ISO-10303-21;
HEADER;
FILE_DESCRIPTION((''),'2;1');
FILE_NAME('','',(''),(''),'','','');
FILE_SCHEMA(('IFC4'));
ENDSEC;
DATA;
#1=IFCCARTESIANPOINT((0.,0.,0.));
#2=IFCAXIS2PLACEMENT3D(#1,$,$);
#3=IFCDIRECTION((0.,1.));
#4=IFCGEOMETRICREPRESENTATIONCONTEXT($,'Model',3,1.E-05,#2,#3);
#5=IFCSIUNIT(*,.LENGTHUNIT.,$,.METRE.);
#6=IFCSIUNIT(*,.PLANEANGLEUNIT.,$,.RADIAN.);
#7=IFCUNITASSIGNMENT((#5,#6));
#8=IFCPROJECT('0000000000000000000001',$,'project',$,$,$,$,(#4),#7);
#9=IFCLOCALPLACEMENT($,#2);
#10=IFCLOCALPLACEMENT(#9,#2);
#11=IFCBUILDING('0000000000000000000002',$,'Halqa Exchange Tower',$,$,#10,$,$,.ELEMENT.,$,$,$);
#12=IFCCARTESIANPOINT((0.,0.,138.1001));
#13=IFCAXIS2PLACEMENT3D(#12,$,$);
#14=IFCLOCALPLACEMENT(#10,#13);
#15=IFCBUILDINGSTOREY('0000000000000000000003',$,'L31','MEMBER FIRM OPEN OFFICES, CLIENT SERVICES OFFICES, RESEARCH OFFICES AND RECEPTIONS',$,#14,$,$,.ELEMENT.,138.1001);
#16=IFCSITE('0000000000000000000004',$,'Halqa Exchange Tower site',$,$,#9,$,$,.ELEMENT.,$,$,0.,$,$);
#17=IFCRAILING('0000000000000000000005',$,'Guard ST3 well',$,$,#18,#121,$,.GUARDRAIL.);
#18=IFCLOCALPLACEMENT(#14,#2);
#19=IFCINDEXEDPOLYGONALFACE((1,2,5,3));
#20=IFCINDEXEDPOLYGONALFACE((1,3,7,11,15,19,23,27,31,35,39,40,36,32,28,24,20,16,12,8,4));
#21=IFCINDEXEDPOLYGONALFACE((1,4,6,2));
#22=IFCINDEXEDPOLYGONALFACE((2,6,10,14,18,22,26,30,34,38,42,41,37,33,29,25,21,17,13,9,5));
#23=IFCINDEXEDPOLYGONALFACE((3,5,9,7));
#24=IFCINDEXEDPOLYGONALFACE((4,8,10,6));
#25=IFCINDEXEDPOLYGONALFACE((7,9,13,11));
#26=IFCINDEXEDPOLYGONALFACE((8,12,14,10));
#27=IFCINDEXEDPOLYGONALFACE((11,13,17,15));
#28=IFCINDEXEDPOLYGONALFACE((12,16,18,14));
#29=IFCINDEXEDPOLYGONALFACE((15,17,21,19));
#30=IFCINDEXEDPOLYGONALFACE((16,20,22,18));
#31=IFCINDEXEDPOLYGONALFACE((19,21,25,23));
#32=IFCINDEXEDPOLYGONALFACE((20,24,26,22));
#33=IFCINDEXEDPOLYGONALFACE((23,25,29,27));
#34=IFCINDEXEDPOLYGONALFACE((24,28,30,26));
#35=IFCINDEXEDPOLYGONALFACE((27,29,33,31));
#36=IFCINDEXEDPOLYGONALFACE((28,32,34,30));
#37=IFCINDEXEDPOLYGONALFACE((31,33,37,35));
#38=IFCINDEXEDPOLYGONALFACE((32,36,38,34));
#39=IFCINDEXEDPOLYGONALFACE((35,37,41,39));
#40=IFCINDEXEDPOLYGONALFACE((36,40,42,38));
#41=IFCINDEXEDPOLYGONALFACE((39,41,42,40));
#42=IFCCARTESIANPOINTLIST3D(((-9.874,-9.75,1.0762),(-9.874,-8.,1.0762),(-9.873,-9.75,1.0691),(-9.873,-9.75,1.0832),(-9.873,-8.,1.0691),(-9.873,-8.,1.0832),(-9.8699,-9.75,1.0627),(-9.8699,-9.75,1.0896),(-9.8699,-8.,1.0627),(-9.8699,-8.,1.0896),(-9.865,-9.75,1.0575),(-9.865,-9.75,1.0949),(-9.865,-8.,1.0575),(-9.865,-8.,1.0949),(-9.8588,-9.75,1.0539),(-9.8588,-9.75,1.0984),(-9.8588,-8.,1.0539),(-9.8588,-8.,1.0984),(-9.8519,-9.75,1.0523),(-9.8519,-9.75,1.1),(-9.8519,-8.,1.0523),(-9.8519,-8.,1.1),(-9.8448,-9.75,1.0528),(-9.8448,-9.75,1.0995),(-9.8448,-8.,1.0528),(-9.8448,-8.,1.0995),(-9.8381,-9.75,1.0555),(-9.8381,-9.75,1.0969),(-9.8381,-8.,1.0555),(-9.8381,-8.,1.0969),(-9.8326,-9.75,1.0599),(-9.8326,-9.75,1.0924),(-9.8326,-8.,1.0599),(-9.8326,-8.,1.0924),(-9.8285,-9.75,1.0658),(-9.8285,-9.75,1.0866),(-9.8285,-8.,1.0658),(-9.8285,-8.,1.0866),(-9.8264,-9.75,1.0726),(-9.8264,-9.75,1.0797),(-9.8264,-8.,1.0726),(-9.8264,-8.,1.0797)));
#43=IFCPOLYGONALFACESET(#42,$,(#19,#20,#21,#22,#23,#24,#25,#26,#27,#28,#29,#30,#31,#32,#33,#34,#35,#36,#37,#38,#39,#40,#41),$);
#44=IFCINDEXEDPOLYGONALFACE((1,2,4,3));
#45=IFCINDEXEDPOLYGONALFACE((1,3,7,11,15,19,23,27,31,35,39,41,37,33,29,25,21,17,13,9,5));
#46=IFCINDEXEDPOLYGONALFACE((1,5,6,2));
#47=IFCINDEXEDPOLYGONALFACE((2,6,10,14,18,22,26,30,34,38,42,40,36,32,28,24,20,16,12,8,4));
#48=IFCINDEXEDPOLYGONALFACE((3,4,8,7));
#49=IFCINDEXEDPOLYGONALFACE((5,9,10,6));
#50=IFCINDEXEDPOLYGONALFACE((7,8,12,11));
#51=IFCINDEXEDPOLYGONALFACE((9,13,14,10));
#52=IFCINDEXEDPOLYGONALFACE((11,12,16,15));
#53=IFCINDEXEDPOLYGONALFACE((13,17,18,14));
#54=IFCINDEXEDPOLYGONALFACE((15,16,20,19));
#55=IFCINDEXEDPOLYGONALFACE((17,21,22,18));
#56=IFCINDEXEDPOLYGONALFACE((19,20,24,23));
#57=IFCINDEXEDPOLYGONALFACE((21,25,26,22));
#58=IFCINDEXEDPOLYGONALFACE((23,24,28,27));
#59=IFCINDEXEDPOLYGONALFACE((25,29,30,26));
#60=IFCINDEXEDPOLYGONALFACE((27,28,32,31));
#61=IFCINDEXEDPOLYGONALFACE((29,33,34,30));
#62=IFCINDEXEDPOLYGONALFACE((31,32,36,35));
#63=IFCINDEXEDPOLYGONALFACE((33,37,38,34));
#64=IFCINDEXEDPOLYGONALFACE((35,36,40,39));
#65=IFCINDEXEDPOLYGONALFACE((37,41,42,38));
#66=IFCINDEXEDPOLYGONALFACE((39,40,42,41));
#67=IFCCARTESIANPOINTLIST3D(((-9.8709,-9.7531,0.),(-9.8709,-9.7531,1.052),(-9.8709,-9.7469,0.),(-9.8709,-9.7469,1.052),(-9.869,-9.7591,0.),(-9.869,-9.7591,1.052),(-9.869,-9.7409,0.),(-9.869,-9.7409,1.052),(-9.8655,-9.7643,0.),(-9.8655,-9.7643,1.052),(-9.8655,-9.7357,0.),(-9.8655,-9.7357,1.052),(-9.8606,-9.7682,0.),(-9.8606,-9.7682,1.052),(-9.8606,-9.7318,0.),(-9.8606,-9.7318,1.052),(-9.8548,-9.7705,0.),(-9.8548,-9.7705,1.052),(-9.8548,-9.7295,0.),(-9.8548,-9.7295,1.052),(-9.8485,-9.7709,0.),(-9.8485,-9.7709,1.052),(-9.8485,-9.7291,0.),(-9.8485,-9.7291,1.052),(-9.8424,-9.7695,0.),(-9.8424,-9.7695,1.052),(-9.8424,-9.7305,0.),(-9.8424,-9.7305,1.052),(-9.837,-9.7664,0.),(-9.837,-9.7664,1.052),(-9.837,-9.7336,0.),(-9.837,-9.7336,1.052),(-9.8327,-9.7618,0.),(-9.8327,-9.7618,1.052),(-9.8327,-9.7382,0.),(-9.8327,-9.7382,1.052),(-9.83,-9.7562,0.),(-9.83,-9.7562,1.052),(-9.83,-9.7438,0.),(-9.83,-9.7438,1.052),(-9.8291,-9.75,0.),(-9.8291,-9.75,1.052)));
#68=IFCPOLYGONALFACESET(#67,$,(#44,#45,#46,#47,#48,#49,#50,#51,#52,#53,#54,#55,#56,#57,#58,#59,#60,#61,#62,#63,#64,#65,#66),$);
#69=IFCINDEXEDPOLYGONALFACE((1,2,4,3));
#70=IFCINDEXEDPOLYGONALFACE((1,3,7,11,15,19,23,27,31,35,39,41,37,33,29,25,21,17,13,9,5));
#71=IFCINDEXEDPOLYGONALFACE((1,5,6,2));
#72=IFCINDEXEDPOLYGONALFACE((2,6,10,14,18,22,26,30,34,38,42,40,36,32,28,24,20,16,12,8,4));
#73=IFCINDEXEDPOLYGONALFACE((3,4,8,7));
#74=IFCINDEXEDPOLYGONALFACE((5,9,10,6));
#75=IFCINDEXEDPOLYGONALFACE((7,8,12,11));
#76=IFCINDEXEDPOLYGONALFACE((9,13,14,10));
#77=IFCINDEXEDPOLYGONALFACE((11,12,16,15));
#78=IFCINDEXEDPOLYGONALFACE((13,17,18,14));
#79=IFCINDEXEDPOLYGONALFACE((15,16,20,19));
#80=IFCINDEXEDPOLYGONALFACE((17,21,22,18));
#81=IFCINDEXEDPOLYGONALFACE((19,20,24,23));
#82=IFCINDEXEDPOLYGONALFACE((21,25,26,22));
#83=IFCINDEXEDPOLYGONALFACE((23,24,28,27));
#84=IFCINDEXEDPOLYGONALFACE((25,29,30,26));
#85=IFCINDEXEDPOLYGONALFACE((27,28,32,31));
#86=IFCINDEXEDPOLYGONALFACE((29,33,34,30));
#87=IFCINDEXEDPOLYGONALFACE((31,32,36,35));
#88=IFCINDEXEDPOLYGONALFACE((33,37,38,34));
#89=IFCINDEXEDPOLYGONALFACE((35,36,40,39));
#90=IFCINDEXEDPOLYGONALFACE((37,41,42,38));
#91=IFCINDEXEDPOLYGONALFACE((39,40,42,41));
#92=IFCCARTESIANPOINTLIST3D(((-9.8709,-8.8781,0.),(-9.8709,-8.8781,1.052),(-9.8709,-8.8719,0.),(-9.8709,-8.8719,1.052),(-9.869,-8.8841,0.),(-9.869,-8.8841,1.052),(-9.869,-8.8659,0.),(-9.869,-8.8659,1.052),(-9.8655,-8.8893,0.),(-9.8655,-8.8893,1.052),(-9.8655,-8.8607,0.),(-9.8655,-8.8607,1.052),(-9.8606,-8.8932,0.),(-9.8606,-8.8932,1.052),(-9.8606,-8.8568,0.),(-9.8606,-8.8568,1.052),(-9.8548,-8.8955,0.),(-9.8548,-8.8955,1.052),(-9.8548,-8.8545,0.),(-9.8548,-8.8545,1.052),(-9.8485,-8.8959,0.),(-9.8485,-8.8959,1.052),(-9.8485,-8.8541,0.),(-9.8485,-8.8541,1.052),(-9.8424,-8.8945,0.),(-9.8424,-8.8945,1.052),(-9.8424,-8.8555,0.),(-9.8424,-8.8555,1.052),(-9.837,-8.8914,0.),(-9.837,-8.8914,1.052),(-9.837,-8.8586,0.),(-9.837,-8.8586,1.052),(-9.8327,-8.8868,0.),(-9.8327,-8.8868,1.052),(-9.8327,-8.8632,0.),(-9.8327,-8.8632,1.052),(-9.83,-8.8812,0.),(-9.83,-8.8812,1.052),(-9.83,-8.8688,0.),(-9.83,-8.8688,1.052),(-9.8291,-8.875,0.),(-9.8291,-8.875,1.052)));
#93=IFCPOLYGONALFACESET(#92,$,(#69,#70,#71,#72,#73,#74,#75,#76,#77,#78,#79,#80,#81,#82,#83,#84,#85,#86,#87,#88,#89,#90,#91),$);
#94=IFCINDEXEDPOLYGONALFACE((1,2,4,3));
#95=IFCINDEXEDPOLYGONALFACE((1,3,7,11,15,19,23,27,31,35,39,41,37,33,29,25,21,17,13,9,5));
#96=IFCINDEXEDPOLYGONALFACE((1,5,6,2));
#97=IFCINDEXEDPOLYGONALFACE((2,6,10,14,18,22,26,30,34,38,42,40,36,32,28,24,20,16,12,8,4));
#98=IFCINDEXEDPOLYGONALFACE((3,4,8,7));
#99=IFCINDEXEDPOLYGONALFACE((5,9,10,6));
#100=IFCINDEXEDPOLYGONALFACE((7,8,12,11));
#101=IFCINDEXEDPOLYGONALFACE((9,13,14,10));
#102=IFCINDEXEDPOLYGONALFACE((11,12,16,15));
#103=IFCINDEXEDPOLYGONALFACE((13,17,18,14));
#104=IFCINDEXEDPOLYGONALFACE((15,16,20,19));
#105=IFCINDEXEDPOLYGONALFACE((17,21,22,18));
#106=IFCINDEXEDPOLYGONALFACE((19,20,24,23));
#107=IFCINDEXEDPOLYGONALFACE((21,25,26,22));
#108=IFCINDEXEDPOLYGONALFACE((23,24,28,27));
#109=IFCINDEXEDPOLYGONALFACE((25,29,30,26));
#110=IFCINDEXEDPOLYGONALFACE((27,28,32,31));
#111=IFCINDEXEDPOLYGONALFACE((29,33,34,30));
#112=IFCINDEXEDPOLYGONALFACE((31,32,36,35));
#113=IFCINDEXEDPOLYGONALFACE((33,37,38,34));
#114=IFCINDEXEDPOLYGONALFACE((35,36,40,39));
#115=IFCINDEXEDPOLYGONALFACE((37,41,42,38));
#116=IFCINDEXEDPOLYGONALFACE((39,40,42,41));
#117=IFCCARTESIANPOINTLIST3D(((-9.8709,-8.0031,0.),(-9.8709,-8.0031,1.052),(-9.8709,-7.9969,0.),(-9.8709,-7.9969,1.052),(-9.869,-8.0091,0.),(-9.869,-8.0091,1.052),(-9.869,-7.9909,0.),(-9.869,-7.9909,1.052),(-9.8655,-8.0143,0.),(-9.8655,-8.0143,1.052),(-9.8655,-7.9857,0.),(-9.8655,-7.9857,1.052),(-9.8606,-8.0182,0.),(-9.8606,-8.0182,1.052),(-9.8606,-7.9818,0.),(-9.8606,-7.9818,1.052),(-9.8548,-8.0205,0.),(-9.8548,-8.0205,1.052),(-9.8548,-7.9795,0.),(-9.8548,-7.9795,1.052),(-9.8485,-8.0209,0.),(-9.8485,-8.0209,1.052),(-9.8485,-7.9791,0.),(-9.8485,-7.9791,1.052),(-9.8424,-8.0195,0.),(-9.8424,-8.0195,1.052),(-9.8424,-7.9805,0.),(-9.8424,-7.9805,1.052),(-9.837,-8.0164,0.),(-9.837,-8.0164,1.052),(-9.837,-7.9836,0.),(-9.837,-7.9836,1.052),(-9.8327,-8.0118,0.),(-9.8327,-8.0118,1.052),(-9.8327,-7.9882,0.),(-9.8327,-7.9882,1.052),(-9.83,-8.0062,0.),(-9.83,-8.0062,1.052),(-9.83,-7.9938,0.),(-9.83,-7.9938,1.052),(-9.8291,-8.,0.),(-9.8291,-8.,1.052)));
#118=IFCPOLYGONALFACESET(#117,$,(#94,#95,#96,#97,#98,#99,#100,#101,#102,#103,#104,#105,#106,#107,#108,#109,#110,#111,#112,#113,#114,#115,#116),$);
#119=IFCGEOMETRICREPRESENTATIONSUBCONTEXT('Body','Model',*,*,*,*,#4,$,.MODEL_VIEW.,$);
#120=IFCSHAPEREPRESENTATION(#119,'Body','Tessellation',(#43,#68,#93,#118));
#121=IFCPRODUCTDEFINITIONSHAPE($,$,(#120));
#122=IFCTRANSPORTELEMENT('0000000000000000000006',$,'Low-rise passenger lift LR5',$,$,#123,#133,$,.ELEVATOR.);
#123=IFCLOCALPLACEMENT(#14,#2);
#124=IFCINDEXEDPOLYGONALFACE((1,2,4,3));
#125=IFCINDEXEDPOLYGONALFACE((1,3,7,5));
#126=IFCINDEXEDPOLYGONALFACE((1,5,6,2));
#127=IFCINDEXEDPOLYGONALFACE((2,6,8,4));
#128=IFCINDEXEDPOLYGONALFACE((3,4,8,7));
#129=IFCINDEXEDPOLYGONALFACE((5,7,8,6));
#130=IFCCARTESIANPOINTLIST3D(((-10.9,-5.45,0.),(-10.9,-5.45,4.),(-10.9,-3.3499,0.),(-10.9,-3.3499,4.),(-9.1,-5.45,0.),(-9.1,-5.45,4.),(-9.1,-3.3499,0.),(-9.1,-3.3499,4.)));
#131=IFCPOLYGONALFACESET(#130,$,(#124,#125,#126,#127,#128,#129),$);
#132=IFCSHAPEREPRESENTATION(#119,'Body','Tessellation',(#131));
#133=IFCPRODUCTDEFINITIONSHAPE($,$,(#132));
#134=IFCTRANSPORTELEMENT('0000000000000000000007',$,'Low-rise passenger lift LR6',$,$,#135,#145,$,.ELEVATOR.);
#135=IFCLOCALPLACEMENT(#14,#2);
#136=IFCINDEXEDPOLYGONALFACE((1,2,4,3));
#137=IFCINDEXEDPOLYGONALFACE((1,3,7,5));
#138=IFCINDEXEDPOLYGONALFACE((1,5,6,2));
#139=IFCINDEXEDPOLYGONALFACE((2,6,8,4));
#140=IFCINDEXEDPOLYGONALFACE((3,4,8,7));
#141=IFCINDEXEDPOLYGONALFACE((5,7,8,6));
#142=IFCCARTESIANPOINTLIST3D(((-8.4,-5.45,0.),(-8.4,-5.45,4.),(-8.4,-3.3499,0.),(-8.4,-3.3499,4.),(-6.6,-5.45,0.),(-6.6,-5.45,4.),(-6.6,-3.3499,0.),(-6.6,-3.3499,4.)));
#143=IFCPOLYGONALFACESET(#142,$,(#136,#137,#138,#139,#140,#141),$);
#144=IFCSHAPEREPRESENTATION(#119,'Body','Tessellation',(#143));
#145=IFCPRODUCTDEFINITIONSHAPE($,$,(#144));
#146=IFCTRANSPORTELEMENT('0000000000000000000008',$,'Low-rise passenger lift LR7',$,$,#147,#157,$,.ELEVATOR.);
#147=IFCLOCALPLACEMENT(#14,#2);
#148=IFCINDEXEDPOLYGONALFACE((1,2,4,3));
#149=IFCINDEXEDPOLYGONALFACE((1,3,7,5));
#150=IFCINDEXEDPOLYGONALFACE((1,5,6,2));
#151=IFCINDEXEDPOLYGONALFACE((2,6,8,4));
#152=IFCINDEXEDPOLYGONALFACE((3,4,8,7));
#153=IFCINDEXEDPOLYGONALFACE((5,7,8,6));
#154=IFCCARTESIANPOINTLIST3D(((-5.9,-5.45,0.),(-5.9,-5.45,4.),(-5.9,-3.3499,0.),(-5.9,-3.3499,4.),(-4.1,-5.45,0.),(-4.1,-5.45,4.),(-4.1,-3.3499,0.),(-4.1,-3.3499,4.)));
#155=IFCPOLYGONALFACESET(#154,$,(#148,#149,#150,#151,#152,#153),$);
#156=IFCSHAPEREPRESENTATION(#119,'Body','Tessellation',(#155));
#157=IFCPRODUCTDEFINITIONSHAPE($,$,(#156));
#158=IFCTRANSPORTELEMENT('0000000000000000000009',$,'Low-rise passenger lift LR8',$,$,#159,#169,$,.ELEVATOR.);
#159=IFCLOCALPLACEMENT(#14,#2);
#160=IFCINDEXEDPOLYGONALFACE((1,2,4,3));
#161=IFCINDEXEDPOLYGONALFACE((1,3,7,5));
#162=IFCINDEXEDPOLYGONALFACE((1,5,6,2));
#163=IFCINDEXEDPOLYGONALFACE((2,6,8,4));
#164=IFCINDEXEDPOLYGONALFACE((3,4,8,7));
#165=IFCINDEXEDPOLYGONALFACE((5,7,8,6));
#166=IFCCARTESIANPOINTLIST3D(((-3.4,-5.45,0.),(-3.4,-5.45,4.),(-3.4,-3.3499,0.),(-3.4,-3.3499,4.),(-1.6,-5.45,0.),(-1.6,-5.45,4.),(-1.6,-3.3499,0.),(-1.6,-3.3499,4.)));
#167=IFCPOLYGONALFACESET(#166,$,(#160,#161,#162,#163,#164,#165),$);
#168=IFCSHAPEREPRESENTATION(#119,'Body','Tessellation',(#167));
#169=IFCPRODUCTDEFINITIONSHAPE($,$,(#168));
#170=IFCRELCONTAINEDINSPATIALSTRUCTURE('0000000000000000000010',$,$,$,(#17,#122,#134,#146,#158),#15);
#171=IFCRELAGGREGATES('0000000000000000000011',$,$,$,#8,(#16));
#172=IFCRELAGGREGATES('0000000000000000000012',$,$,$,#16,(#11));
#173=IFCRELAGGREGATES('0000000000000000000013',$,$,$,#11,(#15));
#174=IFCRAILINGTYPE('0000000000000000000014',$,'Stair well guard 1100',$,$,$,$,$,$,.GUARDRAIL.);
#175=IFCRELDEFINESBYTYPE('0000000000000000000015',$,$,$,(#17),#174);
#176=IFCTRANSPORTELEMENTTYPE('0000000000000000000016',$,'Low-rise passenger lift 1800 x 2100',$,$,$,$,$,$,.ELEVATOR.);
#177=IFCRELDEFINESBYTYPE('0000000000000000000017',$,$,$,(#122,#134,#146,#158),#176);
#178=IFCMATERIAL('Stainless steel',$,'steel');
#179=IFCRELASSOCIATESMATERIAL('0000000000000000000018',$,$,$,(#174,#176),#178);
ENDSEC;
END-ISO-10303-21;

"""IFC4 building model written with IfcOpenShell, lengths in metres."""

from ifc_helpers import new_model, si_unit, direction, frame, origin, origin_2d, place, context, subcontext, project, spatial, rectangle, circle, extrude, material, type_object, element, save


model = new_model("IFC4")

# Units and contexts
model_context = context("Model", 3, precision=1e-05, world=origin(), true_north=direction((0.0, 1.0)))
body_context = subcontext(model_context, "Body", "Model", "MODEL_VIEW")
ifc_project = project(units=[si_unit("LENGTHUNIT", "METRE"), si_unit("PLANEANGLEUNIT", "RADIAN")], contexts=[model_context])

# Site, building, storey
site_placement = place(None, origin())
site = spatial("IfcSite", under=ifc_project, at=site_placement, Name="Halqa Exchange Tower site", CompositionType="ELEMENT", RefElevation=0.0)
building_placement = place(site_placement, origin())
building = spatial("IfcBuilding", under=site, at=building_placement, Name="Halqa Exchange Tower", CompositionType="ELEMENT")
storey_placement = place(building_placement, frame((0.0, 0.0, 138.1001)))
storey = spatial("IfcBuildingStorey", under=building, at=storey_placement, Name="L31", Description="MEMBER FIRM OPEN OFFICES, CLIENT SERVICES OFFICES, RESEARCH OFFICES AND RECEPTIONS", CompositionType="ELEMENT", Elevation=138.1001)

# Shared definitions
ifc_material_1 = material(Name="Stainless steel", Category="steel")

# Railing
railing_type_1 = type_object("IfcRailingType", Name="Stair well guard 1100", PredefinedType="GUARDRAIL", material=ifc_material_1)
railing_1_placement = place(storey_placement, frame((-9.8501, -9.75, 0.0)))
element("IfcRailing", 1, at=railing_1_placement, inside=storey, type_object=railing_type_1, Name="Guard ST3 well", PredefinedType="GUARDRAIL", context=body_context, shape_type="SweptSolid", body=[
    extrude(circle(Radius=0.0239, at=origin_2d()), frame((0.0, 0.0, 1.0762), z_axis=(0.0, 1.0, 0.0), x_axis=(-1.0, 0.0, 0.0)), (0.0, 0.0, 1.0), 1.75),
    extrude(circle(Radius=0.021, at=origin_2d()), origin(), (0.0, 0.0, 1.0), 1.052),
    extrude(circle(Radius=0.021, at=origin_2d()), frame((0.0, 0.875, 0.0)), (0.0, 0.0, 1.0), 1.052),
    extrude(circle(Radius=0.021, at=origin_2d()), frame((0.0, 1.75, 0.0)), (0.0, 0.0, 1.0), 1.052),
])

# Transport elements
transport_element_type = type_object("IfcTransportElementType", Name="Low-rise passenger lift 1800 x 2100", PredefinedType="ELEVATOR", material=ifc_material_1)
for number, where, z_axis, x_axis, name in (
    (2, (-10.0, -4.3999, 0.0), (0.0, 0.0, 1.0), (1.0, 0.0, 0.0), "Low-rise passenger lift LR5"),
    (3, (-7.5, -4.3999, 0.0), (0.0, 0.0, 1.0), (1.0, 0.0, 0.0), "Low-rise passenger lift LR6"),
    (4, (-5.0, -4.3999, 0.0), (0.0, 0.0, 1.0), (1.0, 0.0, 0.0), "Low-rise passenger lift LR7"),
    (5, (-2.5, -4.3999, 0.0), (0.0, 0.0, 1.0), (1.0, 0.0, 0.0), "Low-rise passenger lift LR8"),
):
    element("IfcTransportElement", number, at=place(storey_placement, frame(where, z_axis=z_axis, x_axis=x_axis)), inside=storey, type_object=transport_element_type, Name=name, PredefinedType="ELEVATOR", context=body_context, shape_type="SweptSolid", body=[
        extrude(rectangle(XDim=1.8, YDim=2.1001, at=origin_2d()), origin(), (0.0, 0.0, 1.0), 4.0),
    ])

save(model, "model.ifc")
